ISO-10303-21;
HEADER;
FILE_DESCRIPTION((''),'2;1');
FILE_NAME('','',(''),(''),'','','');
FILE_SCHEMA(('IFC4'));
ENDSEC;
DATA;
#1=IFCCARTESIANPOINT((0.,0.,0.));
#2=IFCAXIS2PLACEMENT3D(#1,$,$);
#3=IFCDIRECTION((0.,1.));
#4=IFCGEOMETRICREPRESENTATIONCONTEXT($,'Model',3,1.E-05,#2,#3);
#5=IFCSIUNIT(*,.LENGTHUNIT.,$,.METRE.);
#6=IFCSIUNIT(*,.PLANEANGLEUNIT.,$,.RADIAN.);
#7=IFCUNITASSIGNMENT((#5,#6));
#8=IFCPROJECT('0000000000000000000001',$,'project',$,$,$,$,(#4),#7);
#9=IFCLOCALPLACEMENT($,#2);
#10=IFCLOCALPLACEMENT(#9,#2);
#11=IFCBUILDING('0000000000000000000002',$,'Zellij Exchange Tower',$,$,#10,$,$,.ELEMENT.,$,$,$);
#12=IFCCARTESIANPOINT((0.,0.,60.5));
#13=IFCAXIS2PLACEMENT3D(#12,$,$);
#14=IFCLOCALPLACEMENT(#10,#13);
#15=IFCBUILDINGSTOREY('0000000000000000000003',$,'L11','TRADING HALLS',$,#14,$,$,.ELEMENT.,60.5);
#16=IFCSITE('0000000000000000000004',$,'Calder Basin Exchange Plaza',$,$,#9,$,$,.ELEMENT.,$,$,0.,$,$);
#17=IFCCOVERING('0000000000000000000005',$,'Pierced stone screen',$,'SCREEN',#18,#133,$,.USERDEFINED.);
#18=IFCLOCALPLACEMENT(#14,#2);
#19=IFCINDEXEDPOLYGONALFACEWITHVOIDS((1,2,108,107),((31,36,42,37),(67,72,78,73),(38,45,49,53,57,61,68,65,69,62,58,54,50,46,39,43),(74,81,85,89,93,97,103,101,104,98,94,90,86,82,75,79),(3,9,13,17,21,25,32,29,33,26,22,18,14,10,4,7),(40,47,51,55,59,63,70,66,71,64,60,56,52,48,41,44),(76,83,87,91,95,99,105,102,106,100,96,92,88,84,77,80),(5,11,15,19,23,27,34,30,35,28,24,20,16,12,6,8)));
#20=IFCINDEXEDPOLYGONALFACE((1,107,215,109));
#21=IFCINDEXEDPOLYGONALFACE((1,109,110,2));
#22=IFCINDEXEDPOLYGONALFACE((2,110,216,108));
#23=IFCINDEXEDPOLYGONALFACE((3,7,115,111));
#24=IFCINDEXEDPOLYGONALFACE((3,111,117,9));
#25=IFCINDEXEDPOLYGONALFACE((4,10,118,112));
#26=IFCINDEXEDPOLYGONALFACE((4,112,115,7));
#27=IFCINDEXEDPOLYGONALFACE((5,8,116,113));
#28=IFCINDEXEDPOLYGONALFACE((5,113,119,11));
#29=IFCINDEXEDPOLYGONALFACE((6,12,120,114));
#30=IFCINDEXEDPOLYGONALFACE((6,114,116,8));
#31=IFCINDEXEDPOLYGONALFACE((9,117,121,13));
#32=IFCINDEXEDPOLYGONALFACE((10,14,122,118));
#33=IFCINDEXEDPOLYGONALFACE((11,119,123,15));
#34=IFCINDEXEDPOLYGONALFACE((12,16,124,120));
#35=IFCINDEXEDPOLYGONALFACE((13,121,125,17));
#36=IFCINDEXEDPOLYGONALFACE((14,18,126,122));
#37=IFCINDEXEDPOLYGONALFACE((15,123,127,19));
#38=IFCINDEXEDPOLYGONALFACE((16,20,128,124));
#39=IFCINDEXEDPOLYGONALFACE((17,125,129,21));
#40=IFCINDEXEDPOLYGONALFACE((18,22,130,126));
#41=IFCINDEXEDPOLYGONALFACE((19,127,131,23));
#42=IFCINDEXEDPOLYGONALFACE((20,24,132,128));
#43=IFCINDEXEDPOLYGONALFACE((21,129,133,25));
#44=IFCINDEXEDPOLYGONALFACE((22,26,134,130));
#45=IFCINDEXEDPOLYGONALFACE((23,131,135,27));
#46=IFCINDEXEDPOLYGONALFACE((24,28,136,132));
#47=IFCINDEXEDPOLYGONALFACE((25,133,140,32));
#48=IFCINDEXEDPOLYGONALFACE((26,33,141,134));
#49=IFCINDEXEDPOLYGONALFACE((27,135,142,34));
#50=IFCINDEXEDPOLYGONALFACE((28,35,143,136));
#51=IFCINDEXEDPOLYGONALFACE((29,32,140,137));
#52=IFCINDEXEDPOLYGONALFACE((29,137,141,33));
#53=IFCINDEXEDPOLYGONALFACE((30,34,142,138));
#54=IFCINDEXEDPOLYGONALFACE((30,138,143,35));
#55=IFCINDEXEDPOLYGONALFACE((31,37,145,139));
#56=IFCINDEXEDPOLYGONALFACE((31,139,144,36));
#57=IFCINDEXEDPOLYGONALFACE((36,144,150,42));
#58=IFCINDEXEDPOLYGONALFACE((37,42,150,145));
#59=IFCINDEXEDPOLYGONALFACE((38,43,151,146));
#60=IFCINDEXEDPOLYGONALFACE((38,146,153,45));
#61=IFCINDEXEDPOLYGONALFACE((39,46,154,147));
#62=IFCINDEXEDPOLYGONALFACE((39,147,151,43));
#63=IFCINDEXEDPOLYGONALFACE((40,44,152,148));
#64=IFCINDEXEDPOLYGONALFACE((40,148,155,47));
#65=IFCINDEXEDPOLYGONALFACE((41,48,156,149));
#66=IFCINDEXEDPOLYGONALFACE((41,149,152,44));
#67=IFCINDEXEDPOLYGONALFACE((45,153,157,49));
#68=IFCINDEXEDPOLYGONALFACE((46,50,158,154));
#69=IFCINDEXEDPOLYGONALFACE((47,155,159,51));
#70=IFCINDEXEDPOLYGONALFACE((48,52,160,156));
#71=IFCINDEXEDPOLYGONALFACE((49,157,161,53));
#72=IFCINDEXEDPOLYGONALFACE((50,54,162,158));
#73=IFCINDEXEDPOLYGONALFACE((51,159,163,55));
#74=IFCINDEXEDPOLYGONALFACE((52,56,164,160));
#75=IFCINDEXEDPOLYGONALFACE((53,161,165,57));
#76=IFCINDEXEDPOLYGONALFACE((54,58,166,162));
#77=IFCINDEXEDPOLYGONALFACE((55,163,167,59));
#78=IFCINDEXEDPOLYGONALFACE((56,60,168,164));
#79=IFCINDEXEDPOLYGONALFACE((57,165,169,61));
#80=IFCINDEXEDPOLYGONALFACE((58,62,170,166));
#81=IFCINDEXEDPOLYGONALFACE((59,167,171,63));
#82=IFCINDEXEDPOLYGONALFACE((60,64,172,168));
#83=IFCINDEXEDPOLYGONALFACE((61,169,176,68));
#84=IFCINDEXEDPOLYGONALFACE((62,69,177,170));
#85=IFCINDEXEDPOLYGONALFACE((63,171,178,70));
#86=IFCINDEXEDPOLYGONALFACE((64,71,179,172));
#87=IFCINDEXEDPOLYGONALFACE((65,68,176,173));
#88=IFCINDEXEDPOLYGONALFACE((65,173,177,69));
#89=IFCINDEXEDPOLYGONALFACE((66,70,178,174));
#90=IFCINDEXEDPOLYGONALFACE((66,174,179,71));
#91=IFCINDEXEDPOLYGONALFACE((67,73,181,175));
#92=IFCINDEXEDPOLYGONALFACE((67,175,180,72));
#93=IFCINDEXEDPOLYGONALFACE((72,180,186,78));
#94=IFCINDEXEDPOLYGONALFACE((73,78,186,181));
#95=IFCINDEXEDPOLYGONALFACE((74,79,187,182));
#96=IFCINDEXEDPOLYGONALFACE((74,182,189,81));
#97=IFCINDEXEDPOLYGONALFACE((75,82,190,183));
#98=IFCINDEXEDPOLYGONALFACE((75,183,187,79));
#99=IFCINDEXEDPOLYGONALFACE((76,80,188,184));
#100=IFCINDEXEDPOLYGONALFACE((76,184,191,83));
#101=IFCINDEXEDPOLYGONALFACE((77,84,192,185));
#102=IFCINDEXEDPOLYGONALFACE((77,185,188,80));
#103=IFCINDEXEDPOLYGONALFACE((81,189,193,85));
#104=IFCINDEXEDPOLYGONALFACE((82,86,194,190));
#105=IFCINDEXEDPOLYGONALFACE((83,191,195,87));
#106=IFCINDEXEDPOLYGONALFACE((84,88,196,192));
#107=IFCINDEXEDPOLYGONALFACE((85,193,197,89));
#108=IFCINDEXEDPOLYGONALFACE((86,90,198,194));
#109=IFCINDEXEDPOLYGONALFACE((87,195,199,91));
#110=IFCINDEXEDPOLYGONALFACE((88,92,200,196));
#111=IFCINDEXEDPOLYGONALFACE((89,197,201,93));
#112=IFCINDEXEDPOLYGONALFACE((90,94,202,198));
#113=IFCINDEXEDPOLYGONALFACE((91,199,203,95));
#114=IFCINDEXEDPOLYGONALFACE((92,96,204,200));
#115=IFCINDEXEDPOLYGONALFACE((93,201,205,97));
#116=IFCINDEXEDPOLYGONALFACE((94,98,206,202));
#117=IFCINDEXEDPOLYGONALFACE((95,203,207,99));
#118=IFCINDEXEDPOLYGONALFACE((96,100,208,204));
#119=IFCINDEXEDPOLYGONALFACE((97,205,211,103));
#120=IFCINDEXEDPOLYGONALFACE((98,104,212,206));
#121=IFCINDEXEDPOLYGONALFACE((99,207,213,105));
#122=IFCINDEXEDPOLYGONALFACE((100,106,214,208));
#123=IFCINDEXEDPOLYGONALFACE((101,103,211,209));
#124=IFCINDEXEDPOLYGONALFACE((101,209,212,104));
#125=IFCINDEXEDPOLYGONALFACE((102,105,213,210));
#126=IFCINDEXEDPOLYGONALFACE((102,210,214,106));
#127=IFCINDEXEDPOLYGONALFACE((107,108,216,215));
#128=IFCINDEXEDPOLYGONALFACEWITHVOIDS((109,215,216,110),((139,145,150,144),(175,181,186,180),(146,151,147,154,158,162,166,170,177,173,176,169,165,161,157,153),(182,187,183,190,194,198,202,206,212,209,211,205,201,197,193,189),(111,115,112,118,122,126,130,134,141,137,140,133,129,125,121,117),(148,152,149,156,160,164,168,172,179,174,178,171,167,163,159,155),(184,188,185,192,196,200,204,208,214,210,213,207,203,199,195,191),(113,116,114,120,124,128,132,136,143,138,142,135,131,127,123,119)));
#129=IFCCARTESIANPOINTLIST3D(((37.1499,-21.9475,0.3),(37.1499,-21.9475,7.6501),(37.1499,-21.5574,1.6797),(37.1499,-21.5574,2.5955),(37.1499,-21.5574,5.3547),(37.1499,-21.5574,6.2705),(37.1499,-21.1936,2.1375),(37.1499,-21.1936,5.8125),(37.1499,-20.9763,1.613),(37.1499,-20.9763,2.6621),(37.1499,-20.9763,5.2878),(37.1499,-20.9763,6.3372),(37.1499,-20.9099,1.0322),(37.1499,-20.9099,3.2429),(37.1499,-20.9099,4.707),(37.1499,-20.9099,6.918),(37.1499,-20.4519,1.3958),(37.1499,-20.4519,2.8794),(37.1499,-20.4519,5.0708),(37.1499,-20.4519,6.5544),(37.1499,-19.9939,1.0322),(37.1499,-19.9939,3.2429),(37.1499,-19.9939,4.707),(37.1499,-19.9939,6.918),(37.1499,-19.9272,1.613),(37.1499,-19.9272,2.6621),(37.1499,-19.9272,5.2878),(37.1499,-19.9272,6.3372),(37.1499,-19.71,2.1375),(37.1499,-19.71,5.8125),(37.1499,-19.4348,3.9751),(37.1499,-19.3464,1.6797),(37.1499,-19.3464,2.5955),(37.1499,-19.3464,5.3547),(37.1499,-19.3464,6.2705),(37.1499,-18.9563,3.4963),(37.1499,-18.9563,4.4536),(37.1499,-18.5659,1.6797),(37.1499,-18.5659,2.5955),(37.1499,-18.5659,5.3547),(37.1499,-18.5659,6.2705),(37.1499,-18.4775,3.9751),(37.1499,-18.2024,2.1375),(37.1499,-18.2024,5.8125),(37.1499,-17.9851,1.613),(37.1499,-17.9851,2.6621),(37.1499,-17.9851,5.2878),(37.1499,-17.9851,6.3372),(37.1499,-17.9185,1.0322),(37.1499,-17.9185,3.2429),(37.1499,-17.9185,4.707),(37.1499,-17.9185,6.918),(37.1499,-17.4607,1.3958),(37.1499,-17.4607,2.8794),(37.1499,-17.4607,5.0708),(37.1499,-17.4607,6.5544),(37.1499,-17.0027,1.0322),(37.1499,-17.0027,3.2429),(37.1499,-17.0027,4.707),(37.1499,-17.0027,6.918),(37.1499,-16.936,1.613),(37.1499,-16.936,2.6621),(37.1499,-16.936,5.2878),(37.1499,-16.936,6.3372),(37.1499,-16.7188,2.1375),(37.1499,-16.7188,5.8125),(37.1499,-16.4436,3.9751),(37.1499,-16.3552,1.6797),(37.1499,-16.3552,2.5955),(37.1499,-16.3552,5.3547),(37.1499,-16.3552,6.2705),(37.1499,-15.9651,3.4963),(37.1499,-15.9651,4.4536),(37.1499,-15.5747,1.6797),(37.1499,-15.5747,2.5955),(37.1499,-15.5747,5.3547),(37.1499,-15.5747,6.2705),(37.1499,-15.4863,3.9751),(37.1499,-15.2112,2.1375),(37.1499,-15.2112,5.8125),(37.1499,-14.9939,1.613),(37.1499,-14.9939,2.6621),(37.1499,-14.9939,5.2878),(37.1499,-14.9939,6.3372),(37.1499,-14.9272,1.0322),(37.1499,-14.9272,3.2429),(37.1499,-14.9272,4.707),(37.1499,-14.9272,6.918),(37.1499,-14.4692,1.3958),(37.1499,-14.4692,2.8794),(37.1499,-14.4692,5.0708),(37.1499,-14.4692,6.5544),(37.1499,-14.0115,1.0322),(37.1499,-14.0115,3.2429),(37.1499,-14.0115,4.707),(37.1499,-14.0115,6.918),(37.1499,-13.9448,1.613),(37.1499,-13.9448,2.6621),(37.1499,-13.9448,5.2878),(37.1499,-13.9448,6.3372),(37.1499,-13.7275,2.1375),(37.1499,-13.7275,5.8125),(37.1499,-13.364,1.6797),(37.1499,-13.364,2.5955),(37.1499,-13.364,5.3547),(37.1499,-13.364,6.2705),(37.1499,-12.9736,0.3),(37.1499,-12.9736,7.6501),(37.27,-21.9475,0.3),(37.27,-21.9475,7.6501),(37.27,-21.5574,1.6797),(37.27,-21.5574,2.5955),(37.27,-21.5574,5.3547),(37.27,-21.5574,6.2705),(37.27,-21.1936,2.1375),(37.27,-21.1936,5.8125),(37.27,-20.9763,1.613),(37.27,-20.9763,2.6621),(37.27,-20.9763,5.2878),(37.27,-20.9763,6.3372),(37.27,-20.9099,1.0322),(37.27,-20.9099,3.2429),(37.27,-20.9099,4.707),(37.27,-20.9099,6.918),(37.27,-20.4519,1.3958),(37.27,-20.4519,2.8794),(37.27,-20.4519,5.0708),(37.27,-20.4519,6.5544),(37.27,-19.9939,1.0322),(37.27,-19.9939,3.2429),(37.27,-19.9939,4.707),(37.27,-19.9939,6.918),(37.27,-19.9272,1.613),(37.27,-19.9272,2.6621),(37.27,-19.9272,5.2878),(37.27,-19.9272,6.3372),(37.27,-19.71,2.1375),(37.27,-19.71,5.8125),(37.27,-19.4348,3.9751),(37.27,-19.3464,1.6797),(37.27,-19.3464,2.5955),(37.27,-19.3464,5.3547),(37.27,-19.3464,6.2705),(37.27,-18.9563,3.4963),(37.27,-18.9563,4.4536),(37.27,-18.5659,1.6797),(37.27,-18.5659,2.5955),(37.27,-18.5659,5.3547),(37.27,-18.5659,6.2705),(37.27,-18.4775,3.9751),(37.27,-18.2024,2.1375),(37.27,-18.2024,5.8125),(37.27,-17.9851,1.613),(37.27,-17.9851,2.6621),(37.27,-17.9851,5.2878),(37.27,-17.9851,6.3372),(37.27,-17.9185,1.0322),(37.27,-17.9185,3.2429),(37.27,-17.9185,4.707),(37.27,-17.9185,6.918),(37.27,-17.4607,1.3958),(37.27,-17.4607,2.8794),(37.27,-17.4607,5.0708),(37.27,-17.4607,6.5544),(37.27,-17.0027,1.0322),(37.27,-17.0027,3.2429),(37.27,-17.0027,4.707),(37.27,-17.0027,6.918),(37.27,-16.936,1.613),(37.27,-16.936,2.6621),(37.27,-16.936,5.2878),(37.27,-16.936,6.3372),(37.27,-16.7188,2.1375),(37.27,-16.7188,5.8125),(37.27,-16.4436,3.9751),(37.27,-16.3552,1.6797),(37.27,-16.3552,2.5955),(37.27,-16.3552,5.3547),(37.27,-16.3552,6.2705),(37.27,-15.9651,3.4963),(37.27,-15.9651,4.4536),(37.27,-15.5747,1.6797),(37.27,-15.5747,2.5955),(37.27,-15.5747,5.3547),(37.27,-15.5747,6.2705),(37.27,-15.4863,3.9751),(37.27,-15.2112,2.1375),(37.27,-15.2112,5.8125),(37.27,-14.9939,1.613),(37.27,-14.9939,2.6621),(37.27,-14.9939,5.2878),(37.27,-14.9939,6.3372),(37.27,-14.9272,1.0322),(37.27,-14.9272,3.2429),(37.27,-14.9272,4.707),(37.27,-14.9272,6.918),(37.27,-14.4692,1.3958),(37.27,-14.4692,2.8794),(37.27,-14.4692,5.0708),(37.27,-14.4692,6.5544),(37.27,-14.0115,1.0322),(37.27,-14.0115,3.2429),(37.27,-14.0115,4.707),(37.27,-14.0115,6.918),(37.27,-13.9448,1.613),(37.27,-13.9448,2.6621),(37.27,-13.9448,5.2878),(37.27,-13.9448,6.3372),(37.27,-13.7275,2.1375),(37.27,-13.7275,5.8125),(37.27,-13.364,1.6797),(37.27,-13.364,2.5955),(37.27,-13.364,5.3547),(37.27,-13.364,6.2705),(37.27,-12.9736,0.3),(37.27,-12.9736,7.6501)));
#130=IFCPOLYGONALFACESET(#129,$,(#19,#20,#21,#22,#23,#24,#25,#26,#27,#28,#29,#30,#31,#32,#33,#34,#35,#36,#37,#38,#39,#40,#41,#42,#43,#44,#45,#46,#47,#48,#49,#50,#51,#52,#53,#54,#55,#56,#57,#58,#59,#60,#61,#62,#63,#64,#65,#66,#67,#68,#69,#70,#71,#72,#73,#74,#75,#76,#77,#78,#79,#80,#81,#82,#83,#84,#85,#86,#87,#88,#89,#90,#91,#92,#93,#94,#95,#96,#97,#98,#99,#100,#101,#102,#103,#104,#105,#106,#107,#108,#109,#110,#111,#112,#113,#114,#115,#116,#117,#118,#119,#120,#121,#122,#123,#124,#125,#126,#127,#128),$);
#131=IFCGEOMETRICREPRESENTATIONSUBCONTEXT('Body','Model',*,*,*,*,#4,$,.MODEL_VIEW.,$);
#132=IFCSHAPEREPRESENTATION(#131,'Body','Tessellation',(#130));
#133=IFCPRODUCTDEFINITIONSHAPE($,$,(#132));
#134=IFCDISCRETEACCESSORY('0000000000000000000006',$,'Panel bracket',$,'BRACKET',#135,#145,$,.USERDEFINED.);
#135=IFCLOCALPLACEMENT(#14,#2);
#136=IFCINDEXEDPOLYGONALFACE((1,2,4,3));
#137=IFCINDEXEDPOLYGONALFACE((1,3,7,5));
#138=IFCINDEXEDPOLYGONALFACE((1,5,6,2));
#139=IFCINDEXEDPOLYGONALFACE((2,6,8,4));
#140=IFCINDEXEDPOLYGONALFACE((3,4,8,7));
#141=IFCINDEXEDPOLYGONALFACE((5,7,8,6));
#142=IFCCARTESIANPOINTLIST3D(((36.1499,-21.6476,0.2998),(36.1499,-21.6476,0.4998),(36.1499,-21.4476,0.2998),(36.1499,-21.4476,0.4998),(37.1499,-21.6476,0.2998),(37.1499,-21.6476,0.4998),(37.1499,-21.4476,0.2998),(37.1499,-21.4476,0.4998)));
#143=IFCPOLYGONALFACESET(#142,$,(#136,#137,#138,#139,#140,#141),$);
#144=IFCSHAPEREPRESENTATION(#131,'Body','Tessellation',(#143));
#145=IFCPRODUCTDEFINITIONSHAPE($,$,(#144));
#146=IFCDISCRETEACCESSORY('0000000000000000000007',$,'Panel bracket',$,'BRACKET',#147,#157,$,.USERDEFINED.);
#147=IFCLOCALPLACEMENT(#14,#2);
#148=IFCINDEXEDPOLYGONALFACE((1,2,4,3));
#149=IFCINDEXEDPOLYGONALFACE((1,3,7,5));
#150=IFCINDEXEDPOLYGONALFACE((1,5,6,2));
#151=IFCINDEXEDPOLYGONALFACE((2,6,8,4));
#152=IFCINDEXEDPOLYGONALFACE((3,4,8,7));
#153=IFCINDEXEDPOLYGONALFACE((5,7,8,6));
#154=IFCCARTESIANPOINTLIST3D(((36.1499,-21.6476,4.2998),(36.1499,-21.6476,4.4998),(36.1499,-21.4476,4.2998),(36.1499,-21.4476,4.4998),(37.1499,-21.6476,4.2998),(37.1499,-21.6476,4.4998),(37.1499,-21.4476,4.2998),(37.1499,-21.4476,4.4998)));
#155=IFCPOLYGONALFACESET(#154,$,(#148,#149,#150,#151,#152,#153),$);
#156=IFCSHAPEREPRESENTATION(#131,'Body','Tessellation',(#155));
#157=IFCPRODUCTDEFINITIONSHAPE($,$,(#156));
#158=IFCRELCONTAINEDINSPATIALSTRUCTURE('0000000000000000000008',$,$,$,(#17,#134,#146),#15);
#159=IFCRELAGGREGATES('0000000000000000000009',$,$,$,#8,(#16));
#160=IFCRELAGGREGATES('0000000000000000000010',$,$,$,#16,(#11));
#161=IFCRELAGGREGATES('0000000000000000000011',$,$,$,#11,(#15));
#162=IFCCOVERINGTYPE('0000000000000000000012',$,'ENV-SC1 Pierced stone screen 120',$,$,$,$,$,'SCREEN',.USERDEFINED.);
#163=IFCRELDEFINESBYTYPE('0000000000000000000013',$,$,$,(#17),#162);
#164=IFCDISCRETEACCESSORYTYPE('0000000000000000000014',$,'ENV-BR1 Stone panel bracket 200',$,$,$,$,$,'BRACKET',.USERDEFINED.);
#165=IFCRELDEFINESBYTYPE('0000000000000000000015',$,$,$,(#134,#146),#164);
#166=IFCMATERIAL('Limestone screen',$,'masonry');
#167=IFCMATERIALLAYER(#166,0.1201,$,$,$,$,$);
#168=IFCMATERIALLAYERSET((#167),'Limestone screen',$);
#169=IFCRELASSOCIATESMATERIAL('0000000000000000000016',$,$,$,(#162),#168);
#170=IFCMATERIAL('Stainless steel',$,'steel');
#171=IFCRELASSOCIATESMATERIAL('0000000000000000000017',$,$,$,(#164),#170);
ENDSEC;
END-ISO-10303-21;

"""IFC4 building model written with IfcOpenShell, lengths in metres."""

from ifc_helpers import new_model, si_unit, direction, frame, origin, origin_2d, place, context, subcontext, project, spatial, polyline, rectangle, outline, extrude, material, layer, layer_set, type_object, element, save


model = new_model("IFC4")

# Units and contexts
model_context = context("Model", 3, precision=1e-05, world=origin(), true_north=direction((0.0, 1.0)))
body_context = subcontext(model_context, "Body", "Model", "MODEL_VIEW")
ifc_project = project(units=[si_unit("LENGTHUNIT", "METRE"), si_unit("PLANEANGLEUNIT", "RADIAN")], contexts=[model_context])

# Site, building, storey
site_placement = place(None, origin())
site = spatial("IfcSite", under=ifc_project, at=site_placement, Name="Calder Basin Exchange Plaza", CompositionType="ELEMENT", RefElevation=0.0)
building_placement = place(site_placement, origin())
building = spatial("IfcBuilding", under=site, at=building_placement, Name="Zellij Exchange Tower", CompositionType="ELEMENT")
storey_placement = place(building_placement, frame((0.0, 0.0, 60.5)))
storey = spatial("IfcBuildingStorey", under=building, at=storey_placement, Name="L11", Description="TRADING HALLS", CompositionType="ELEMENT", Elevation=60.5)

# Covering
ifc_material_1 = material(Name="Limestone screen", Category="masonry")
ifc_layer_1 = layer(ifc_material_1, 0.1201)
ifc_layer_set_1 = layer_set([ifc_layer_1], Name="Limestone screen")
covering_type = type_object("IfcCoveringType", Name="ENV-SC1 Pierced stone screen 120", ElementType="SCREEN", PredefinedType="USERDEFINED", material=ifc_layer_set_1)
covering_placement = place(storey_placement, frame((37.21, -21.9475, 0.3), z_axis=(0.0, 0.0, 1.0), x_axis=(0.0, 1.0, 0.0)))
element("IfcCovering", 1, at=covering_placement, inside=storey, type_object=covering_type, Name="Pierced stone screen", ObjectType="SCREEN", PredefinedType="USERDEFINED", context=body_context, shape_type="SweptSolid", body=[
    extrude(outline(polyline([(0.0, 0.0), (8.9739, 0.0), (8.9739, 7.3501), (0.0, 7.3501), (0.0, 0.0)]), holes=[polyline([(2.6011, 2.2954), (2.0203, 2.3621), (1.9536, 2.9429), (1.4956, 2.5793), (1.0376, 2.9429), (0.9712, 2.3621), (0.3901, 2.2954), (0.7539, 1.8374), (0.3901, 1.3796), (0.9712, 1.313), (1.0376, 0.7322), (1.4956, 1.0957), (1.9536, 0.7322), (2.0203, 1.313), (2.6011, 1.3796), (2.2375, 1.8374), (2.6011, 2.2954)]), polyline([(2.6011, 5.9705), (2.0203, 6.0371), (1.9536, 6.6179), (1.4956, 6.2544), (1.0376, 6.6179), (0.9712, 6.0371), (0.3901, 5.9705), (0.7539, 5.5125), (0.3901, 5.0547), (0.9712, 4.9878), (1.0376, 4.407), (1.4956, 4.7708), (1.9536, 4.407), (2.0203, 4.9878), (2.6011, 5.0547), (2.2375, 5.5125), (2.6011, 5.9705)]), polyline([(5.5923, 2.2954), (5.0115, 2.3621), (4.9448, 2.9429), (4.4868, 2.5793), (4.0291, 2.9429), (3.9624, 2.3621), (3.3816, 2.2954), (3.7451, 1.8374), (3.3816, 1.3796), (3.9624, 1.313), (4.0291, 0.7322), (4.4868, 1.0957), (4.9448, 0.7322), (5.0115, 1.313), (5.5923, 1.3796), (5.2288, 1.8374), (5.5923, 2.2954)]), polyline([(5.5923, 5.9705), (5.0115, 6.0371), (4.9448, 6.6179), (4.4868, 6.2544), (4.0291, 6.6179), (3.9624, 6.0371), (3.3816, 5.9705), (3.7451, 5.5125), (3.3816, 5.0547), (3.9624, 4.9878), (4.0291, 4.407), (4.4868, 4.7708), (4.9448, 4.407), (5.0115, 4.9878), (5.5923, 5.0547), (5.2288, 5.5125), (5.5923, 5.9705)]), polyline([(8.5835, 2.2954), (8.0027, 2.3621), (7.936, 2.9429), (7.4783, 2.5793), (7.0203, 2.9429), (6.9536, 2.3621), (6.3728, 2.2954), (6.7363, 1.8374), (6.3728, 1.3796), (6.9536, 1.313), (7.0203, 0.7322), (7.4783, 1.0957), (7.936, 0.7322), (8.0027, 1.313), (8.5835, 1.3796), (8.22, 1.8374), (8.5835, 2.2954)]), polyline([(8.5835, 5.9705), (8.0027, 6.0371), (7.936, 6.6179), (7.4783, 6.2544), (7.0203, 6.6179), (6.9536, 6.0371), (6.3728, 5.9705), (6.7363, 5.5125), (6.3728, 5.0547), (6.9536, 4.9878), (7.0203, 4.407), (7.4783, 4.7708), (7.936, 4.407), (8.0027, 4.9878), (8.5835, 5.0547), (8.22, 5.5125), (8.5835, 5.9705)]), polyline([(3.47, 3.675), (2.9912, 4.1536), (2.5127, 3.675), (2.9912, 3.1963), (3.47, 3.675)]), polyline([(6.4612, 3.675), (5.9824, 4.1536), (5.5039, 3.675), (5.9824, 3.1963), (6.4612, 3.675)])]), frame((0.0, 0.0601, 0.0), z_axis=(0.0, -1.0, 0.0), x_axis=(1.0, 0.0, 0.0)), (0.0, 0.0, 1.0), 0.1201),
])

# Discrete accessories
ifc_material_2 = material(Name="Stainless steel", Category="steel")
discrete_accessory_type = type_object("IfcDiscreteAccessoryType", Name="ENV-BR1 Stone panel bracket 200", ElementType="BRACKET", PredefinedType="USERDEFINED", material=ifc_material_2)
for number, where, z_axis, x_axis, name in (
    (2, (36.6499, -21.5476, 0.2998), (0.0, 0.0, 1.0), (0.0, 1.0, 0.0), "Panel bracket"),
    (3, (36.6499, -21.5476, 4.2998), (0.0, 0.0, 1.0), (0.0, 1.0, 0.0), "Panel bracket"),
):
    element("IfcDiscreteAccessory", number, at=place(storey_placement, frame(where, z_axis=z_axis, x_axis=x_axis)), inside=storey, type_object=discrete_accessory_type, Name=name, ObjectType="BRACKET", PredefinedType="USERDEFINED", context=body_context, shape_type="SweptSolid", body=[
        extrude(rectangle(XDim=0.2, YDim=1.0, at=origin_2d()), origin(), (0.0, 0.0, 1.0), 0.2),
    ])

save(model, "model.ifc")
